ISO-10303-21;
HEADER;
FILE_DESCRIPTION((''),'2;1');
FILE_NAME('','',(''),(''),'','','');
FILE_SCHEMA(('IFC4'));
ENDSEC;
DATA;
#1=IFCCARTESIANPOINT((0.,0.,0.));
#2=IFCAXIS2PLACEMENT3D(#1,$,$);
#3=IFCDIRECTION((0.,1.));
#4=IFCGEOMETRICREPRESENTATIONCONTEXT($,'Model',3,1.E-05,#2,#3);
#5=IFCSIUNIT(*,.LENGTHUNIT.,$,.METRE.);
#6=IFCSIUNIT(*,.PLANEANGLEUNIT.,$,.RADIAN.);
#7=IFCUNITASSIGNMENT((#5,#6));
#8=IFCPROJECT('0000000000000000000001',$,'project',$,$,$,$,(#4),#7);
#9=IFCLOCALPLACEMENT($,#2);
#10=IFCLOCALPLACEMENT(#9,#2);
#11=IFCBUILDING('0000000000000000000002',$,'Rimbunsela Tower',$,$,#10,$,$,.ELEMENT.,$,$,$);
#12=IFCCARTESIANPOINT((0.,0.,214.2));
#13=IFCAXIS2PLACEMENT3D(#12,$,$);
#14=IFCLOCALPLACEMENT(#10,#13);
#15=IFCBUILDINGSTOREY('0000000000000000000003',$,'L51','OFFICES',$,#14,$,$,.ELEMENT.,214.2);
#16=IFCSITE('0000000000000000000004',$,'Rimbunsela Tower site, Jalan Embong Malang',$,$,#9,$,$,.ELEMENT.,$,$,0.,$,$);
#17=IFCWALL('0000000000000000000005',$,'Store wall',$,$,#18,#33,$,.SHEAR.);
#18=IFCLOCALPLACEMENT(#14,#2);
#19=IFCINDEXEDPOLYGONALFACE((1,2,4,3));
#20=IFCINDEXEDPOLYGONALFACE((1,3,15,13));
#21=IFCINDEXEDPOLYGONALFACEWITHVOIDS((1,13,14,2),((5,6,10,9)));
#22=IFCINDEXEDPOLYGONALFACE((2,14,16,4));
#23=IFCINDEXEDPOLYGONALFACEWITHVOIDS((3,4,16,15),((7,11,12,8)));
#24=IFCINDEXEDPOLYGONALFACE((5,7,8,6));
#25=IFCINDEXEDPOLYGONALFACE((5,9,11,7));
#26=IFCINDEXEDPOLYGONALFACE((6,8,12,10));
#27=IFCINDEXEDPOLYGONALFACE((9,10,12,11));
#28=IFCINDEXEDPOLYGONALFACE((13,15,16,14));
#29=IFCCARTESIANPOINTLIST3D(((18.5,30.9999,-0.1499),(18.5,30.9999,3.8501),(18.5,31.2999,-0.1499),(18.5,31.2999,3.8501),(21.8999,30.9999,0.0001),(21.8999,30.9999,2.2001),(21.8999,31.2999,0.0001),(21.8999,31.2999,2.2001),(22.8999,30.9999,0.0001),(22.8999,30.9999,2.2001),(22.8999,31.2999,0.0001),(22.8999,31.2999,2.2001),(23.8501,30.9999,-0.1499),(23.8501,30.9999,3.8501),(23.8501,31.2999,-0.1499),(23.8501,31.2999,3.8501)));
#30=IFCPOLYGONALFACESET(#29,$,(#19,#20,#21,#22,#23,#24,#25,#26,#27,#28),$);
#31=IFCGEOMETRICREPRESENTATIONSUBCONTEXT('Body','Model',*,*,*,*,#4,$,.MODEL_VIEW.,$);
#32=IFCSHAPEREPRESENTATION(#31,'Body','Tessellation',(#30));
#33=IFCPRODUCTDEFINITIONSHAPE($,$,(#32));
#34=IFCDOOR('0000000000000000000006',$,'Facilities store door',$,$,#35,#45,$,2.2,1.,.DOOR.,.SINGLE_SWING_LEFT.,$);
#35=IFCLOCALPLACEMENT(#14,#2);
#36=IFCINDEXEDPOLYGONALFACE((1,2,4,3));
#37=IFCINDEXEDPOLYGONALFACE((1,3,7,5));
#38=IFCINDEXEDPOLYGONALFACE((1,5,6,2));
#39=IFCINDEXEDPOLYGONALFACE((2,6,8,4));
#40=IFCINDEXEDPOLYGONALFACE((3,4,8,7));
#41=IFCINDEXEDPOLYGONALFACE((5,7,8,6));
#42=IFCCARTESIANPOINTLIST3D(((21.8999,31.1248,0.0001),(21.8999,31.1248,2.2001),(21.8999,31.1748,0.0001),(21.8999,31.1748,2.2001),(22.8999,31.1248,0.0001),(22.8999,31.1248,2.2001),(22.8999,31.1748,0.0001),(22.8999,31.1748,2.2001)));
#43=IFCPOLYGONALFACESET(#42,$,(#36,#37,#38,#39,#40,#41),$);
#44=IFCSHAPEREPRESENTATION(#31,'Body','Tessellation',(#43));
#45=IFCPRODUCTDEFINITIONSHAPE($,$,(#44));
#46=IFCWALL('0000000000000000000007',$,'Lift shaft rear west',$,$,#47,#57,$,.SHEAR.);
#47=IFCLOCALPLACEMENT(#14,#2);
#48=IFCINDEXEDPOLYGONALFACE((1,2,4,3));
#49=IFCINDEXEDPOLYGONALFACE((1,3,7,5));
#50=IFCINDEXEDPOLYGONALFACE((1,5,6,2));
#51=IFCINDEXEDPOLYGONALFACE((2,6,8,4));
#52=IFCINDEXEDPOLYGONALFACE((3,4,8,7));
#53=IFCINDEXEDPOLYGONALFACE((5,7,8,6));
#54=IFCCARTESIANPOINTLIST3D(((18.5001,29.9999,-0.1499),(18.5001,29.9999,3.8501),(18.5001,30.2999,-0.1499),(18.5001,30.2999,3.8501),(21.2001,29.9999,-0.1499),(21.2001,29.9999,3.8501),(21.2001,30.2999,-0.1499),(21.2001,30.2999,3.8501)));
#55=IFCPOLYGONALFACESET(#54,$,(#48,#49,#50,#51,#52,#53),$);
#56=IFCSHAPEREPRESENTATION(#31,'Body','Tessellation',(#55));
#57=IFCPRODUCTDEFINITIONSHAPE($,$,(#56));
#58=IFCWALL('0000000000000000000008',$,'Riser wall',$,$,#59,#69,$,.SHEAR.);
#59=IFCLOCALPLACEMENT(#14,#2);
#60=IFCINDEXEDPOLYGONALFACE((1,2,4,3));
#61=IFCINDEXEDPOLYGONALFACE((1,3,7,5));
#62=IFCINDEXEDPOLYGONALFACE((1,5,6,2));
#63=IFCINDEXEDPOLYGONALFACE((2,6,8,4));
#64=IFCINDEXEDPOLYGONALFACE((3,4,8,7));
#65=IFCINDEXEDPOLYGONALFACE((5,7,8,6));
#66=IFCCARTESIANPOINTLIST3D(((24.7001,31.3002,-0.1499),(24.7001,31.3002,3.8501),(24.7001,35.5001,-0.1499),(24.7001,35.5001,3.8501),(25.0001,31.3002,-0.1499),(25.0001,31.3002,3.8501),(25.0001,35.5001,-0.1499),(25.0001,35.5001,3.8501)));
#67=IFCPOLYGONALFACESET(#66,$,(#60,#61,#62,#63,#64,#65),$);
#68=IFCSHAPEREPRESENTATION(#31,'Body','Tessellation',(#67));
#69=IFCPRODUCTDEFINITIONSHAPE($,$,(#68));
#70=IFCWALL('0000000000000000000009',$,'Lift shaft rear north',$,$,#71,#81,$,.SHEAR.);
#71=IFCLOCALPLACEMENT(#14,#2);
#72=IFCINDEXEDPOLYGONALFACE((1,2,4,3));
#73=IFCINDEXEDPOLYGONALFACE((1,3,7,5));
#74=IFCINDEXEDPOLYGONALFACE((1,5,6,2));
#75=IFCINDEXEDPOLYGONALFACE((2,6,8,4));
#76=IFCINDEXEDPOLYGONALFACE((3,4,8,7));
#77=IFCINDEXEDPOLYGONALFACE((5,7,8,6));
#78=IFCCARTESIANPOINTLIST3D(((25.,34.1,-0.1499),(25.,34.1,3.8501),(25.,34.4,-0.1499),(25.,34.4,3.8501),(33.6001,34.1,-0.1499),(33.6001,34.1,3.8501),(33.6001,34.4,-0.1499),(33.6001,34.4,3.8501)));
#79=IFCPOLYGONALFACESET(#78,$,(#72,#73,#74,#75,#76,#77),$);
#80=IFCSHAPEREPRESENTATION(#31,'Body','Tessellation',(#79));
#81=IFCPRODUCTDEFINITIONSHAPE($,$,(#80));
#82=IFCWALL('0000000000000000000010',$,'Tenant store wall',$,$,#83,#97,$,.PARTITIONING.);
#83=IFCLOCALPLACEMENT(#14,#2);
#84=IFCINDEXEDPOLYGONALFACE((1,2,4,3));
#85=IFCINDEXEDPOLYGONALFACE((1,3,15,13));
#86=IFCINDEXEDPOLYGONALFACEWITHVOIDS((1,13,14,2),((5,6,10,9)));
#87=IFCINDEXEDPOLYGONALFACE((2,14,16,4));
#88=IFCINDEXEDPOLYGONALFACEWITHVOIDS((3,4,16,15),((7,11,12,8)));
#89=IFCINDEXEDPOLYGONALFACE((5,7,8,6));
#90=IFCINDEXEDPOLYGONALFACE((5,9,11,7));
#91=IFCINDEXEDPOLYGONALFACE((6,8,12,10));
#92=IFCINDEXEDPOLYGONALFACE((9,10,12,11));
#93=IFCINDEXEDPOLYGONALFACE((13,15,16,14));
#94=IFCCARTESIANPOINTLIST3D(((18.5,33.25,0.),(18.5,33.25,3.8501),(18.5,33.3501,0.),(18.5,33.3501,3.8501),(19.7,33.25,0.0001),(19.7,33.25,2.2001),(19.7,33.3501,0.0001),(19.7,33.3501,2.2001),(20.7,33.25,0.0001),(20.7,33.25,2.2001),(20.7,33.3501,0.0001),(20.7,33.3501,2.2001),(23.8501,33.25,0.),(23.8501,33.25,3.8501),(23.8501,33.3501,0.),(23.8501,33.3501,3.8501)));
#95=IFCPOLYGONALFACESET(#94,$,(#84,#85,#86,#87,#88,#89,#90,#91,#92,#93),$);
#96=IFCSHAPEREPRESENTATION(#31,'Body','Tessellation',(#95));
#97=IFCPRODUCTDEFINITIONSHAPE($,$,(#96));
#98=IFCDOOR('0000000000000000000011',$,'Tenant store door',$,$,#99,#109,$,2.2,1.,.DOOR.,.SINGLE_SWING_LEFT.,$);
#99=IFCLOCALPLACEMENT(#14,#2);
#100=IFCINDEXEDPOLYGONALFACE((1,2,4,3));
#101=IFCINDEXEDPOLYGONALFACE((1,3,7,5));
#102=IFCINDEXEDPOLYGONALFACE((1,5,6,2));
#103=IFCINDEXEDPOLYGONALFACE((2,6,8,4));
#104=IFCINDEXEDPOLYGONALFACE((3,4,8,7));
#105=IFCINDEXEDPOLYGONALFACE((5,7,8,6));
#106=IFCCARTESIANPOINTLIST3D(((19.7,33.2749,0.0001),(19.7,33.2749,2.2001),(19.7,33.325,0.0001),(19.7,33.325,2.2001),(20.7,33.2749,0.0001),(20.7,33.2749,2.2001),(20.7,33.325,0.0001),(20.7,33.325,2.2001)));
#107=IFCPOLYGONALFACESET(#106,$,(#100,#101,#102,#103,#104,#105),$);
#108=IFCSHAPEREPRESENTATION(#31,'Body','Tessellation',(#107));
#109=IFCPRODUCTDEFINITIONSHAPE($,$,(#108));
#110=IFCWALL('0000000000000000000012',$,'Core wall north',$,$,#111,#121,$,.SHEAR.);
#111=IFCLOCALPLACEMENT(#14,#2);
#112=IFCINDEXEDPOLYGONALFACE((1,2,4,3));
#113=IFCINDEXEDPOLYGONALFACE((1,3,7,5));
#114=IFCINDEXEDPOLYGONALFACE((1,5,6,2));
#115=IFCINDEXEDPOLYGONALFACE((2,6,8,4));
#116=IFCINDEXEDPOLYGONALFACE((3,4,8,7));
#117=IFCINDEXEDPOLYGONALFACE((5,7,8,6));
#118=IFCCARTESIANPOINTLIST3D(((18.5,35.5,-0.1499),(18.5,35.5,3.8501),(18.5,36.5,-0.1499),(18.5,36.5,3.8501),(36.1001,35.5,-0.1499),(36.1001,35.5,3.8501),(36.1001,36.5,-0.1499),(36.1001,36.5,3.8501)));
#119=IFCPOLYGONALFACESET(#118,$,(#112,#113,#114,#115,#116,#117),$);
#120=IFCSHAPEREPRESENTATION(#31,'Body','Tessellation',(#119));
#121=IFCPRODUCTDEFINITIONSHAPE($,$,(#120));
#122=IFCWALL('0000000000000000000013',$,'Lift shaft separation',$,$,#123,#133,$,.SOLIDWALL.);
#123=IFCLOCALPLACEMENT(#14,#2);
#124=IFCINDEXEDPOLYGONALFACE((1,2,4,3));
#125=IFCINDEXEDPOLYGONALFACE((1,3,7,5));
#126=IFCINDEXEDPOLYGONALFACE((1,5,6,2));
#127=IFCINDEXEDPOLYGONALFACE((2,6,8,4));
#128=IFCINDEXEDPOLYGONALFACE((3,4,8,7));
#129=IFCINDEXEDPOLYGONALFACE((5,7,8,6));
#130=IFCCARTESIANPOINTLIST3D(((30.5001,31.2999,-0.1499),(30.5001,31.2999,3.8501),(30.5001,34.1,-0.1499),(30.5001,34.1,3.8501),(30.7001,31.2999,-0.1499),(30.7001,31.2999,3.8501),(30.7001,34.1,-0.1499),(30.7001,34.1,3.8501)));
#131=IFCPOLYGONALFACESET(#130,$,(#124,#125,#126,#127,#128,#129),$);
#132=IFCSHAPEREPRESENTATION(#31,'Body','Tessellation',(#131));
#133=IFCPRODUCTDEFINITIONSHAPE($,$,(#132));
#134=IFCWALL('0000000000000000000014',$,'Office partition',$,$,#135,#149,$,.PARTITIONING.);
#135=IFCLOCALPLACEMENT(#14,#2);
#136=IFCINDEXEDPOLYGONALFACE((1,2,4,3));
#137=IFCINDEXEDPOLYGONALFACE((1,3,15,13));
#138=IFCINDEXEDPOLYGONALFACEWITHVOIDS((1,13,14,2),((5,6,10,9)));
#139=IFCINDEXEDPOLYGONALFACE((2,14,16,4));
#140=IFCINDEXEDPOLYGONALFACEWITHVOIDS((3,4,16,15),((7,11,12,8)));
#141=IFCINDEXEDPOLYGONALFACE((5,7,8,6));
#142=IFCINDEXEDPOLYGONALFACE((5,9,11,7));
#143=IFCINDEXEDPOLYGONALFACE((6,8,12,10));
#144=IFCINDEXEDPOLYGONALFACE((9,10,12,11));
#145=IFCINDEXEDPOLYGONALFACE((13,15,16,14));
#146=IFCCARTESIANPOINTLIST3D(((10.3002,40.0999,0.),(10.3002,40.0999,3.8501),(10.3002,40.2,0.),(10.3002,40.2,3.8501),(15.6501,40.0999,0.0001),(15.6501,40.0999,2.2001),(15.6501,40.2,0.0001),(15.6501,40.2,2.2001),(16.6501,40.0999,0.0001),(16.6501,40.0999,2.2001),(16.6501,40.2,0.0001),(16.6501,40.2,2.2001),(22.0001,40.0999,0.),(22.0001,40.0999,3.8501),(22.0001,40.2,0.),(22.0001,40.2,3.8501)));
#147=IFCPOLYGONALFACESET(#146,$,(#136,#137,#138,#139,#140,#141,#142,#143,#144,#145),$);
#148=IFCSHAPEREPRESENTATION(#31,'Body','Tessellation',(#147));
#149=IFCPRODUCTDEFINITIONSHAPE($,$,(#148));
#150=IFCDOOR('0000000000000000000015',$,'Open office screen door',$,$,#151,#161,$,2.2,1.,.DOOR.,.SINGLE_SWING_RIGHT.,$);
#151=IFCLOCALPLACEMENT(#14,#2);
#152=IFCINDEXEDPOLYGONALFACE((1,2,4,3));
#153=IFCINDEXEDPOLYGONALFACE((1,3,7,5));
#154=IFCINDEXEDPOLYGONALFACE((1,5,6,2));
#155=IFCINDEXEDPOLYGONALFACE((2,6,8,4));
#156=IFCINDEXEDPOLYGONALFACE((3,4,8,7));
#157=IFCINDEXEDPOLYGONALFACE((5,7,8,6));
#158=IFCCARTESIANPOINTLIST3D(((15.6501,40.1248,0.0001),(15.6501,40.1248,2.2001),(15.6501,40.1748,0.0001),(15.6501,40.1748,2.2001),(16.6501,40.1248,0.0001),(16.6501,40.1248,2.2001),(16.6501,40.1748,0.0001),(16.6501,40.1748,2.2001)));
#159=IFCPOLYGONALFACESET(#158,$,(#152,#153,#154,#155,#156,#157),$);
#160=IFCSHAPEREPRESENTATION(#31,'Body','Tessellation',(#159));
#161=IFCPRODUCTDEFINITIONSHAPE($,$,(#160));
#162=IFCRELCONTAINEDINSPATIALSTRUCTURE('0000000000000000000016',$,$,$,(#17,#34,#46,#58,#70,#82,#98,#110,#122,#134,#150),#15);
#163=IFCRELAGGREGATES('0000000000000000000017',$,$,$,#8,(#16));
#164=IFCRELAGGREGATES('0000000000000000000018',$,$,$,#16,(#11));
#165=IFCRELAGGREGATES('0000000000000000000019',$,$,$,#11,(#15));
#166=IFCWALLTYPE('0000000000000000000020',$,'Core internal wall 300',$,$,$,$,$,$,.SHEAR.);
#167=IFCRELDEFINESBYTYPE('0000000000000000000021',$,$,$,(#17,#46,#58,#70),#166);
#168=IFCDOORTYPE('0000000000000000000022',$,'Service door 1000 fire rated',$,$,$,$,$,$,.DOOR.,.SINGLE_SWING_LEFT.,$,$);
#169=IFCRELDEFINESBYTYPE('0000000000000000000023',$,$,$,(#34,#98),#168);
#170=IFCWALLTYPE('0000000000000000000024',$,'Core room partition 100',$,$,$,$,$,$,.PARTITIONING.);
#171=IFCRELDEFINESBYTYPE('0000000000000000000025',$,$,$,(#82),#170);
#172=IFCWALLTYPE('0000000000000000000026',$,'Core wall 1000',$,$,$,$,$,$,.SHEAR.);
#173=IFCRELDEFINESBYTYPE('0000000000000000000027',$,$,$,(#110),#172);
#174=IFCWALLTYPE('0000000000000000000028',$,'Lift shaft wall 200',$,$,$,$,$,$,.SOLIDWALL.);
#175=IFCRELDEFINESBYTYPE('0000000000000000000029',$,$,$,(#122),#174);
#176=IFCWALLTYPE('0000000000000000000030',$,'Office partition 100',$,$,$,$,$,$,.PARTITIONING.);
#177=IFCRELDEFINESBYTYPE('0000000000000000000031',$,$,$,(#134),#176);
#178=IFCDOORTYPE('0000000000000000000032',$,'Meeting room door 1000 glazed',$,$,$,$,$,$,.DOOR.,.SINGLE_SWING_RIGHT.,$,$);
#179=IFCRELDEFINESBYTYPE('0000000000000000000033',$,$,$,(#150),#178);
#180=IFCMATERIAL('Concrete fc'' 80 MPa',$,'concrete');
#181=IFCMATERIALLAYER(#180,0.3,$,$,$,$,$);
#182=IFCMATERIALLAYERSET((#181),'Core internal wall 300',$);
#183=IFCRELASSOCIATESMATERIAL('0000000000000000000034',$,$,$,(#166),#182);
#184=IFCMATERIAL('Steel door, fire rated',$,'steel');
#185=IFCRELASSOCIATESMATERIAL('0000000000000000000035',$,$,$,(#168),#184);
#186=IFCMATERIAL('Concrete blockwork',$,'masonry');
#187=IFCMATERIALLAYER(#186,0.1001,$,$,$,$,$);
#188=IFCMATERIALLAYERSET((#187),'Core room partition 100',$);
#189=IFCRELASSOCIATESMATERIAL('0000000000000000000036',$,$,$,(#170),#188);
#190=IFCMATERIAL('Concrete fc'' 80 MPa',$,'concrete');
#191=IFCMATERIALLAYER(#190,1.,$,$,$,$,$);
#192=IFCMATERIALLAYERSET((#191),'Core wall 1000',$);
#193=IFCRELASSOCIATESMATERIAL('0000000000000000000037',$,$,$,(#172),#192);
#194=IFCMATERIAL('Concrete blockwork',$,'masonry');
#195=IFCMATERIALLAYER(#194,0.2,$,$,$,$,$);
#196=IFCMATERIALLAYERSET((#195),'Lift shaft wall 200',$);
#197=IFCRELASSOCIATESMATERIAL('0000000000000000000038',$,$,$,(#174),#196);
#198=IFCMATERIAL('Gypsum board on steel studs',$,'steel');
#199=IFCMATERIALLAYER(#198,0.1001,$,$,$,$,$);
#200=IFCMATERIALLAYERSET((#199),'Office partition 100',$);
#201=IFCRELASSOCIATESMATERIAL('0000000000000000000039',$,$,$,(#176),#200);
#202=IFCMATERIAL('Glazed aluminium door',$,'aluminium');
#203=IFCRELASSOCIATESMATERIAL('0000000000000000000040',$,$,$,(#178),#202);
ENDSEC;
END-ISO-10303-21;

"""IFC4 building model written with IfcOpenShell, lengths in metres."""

from ifc_helpers import new_model, si_unit, direction, frame, frame_2d, origin, place, context, subcontext, project, spatial, rectangle, extrude, material, layer, layer_set, type_object, element, fill, save


model = new_model("IFC4")

# Units and contexts
model_context = context("Model", 3, precision=1e-05, world=origin(), true_north=direction((0.0, 1.0)))
body_context = subcontext(model_context, "Body", "Model", "MODEL_VIEW")
ifc_project = project(units=[si_unit("LENGTHUNIT", "METRE"), si_unit("PLANEANGLEUNIT", "RADIAN")], contexts=[model_context])

# Site, building, storey
site_placement = place(None, origin())
site = spatial("IfcSite", under=ifc_project, at=site_placement, Name="Rimbunsela Tower site, Jalan Embong Malang", CompositionType="ELEMENT", RefElevation=0.0)
building_placement = place(site_placement, origin())
building = spatial("IfcBuilding", under=site, at=building_placement, Name="Rimbunsela Tower", CompositionType="ELEMENT")
storey_placement = place(building_placement, frame((0.0, 0.0, 214.2)))
storey = spatial("IfcBuildingStorey", under=building, at=storey_placement, Name="L51", Description="OFFICES", CompositionType="ELEMENT", Elevation=214.2)

# Shared definitions
ifc_material_1 = material(Name="Concrete fc' 80 MPa", Category="concrete")
ifc_layer_1 = layer(ifc_material_1, 0.3)
ifc_layer_set_1 = layer_set([ifc_layer_1], Name="Core internal wall 300")
wall_type_1 = type_object("IfcWallType", Name="Core internal wall 300", PredefinedType="SHEAR", material=ifc_layer_set_1)
ifc_material_2 = material(Name="Steel door, fire rated", Category="steel")
door_type_1 = type_object("IfcDoorType", Name="Service door 1000 fire rated", OperationType="SINGLE_SWING_LEFT", PredefinedType="DOOR", material=ifc_material_2)

# Wall, opening, door
wall_1_placement = place(storey_placement, frame((18.5, 31.1499, -0.1499), z_axis=(0.0, 0.0, 1.0), x_axis=(1.0, 0.0, 0.0)))
wall_1 = element("IfcWall", 1, at=wall_1_placement, inside=storey, type_object=wall_type_1, Name="Store wall", PredefinedType="SHEAR", context=body_context, shape_type="SweptSolid", body=[
    extrude(rectangle(XDim=5.3501, YDim=0.3, at=frame_2d((2.675, 0.0))), origin(), (0.0, 0.0, 1.0), 4.0),
])
opening_1_placement = place(wall_1_placement, frame((3.3999, 0.0, 0.1499)))
opening_1 = element("IfcOpeningElement", 2, at=opening_1_placement, cuts=wall_1, PredefinedType="OPENING", context=body_context, shape_type="SweptSolid", body=[
    extrude(rectangle(XDim=1.0, YDim=2.2, at=frame_2d((0.5, 1.1001))), frame((0.0, 0.1599, 0.0), z_axis=(0.0, -1.0, 0.0), x_axis=(1.0, 0.0, 0.0)), (0.0, 0.0, 1.0), 0.3201),
])
door_1_placement = place(opening_1_placement, origin())
door_1 = element("IfcDoor", 3, at=door_1_placement, inside=storey, type_object=door_type_1, Name="Facilities store door", OperationType="SINGLE_SWING_LEFT", OverallHeight=2.2, OverallWidth=1.0, PredefinedType="DOOR", context=body_context, shape_type="SweptSolid", body=[
    extrude(rectangle(XDim=1.0, YDim=2.2, at=frame_2d((0.5, 1.1001))), frame((0.0, 0.0249, 0.0), z_axis=(0.0, -1.0, 0.0), x_axis=(1.0, 0.0, 0.0)), (0.0, 0.0, 1.0), 0.05),
])
fill(opening_1, door_1)

# Walls
wall_2_placement = place(storey_placement, frame((18.5, 30.1499, -0.1499), z_axis=(0.0, 0.0, 1.0), x_axis=(1.0, 0.0, 0.0)))
element("IfcWall", 4, at=wall_2_placement, inside=storey, type_object=wall_type_1, Name="Lift shaft rear west", PredefinedType="SHEAR", context=body_context, shape_type="SweptSolid", body=[
    extrude(rectangle(XDim=2.7, YDim=0.3, at=frame_2d((1.3501, 0.0))), origin(), (0.0, 0.0, 1.0), 4.0),
])
wall_3_placement = place(storey_placement, frame((24.8501, 31.3, -0.1499), z_axis=(0.0, 0.0, 1.0), x_axis=(0.0, 1.0, 0.0)))
element("IfcWall", 5, at=wall_3_placement, inside=storey, type_object=wall_type_1, Name="Riser wall", PredefinedType="SHEAR", context=body_context, shape_type="SweptSolid", body=[
    extrude(rectangle(XDim=4.2, YDim=0.3, at=frame_2d((2.1001, 0.0))), origin(), (0.0, 0.0, 1.0), 4.0),
])
wall_4_placement = place(storey_placement, frame((25.0, 34.25, -0.1499), z_axis=(0.0, 0.0, 1.0), x_axis=(1.0, 0.0, 0.0)))
element("IfcWall", 6, at=wall_4_placement, inside=storey, type_object=wall_type_1, Name="Lift shaft rear north", PredefinedType="SHEAR", context=body_context, shape_type="SweptSolid", body=[
    extrude(rectangle(XDim=8.6001, YDim=0.3, at=frame_2d((4.3, 0.0))), origin(), (0.0, 0.0, 1.0), 4.0),
])

# Wall, opening, door
ifc_material_3 = material(Name="Concrete blockwork", Category="masonry")
ifc_layer_2 = layer(ifc_material_3, 0.1001)
ifc_layer_set_2 = layer_set([ifc_layer_2], Name="Core room partition 100")
wall_type_2 = type_object("IfcWallType", Name="Core room partition 100", PredefinedType="PARTITIONING", material=ifc_layer_set_2)
wall_5_placement = place(storey_placement, frame((18.5, 33.3, 0.0), z_axis=(0.0, 0.0, 1.0), x_axis=(1.0, 0.0, 0.0)))
wall_5 = element("IfcWall", 7, at=wall_5_placement, inside=storey, type_object=wall_type_2, Name="Tenant store wall", PredefinedType="PARTITIONING", context=body_context, shape_type="SweptSolid", body=[
    extrude(rectangle(XDim=5.3501, YDim=0.1001, at=frame_2d((2.675, 0.0))), origin(), (0.0, 0.0, 1.0), 3.8501),
])
opening_2_placement = place(wall_5_placement, frame((1.2, 0.0, 0.0)))
opening_2 = element("IfcOpeningElement", 8, at=opening_2_placement, cuts=wall_5, PredefinedType="OPENING", context=body_context, shape_type="SweptSolid", body=[
    extrude(rectangle(XDim=1.0, YDim=2.2, at=frame_2d((0.5, 1.1001))), frame((0.0, 0.0601, 0.0), z_axis=(0.0, -1.0, 0.0), x_axis=(1.0, 0.0, 0.0)), (0.0, 0.0, 1.0), 0.1201),
])
door_2_placement = place(opening_2_placement, origin())
door_2 = element("IfcDoor", 9, at=door_2_placement, inside=storey, type_object=door_type_1, Name="Tenant store door", OperationType="SINGLE_SWING_LEFT", OverallHeight=2.2, OverallWidth=1.0, PredefinedType="DOOR", context=body_context, shape_type="SweptSolid", body=[
    extrude(rectangle(XDim=1.0, YDim=2.2, at=frame_2d((0.5, 1.1001))), frame((0.0, 0.0249, 0.0), z_axis=(0.0, -1.0, 0.0), x_axis=(1.0, 0.0, 0.0)), (0.0, 0.0, 1.0), 0.05),
])
fill(opening_2, door_2)

# Walls
ifc_material_4 = material(Name="Concrete fc' 80 MPa", Category="concrete")
ifc_layer_3 = layer(ifc_material_4, 1.0)
ifc_layer_set_3 = layer_set([ifc_layer_3], Name="Core wall 1000")
wall_type_3 = type_object("IfcWallType", Name="Core wall 1000", PredefinedType="SHEAR", material=ifc_layer_set_3)
wall_6_placement = place(storey_placement, frame((18.5, 36.0, -0.1499), z_axis=(0.0, 0.0, 1.0), x_axis=(1.0, 0.0, 0.0)))
element("IfcWall", 10, at=wall_6_placement, inside=storey, type_object=wall_type_3, Name="Core wall north", PredefinedType="SHEAR", context=body_context, shape_type="SweptSolid", body=[
    extrude(rectangle(XDim=17.6001, YDim=1.0, at=frame_2d((8.8, 0.0))), origin(), (0.0, 0.0, 1.0), 4.0),
])
ifc_material_5 = material(Name="Concrete blockwork", Category="masonry")
ifc_layer_4 = layer(ifc_material_5, 0.2)
ifc_layer_set_4 = layer_set([ifc_layer_4], Name="Lift shaft wall 200")
wall_type_4 = type_object("IfcWallType", Name="Lift shaft wall 200", PredefinedType="SOLIDWALL", material=ifc_layer_set_4)
wall_7_placement = place(storey_placement, frame((30.6001, 31.3, -0.1499), z_axis=(0.0, 0.0, 1.0), x_axis=(0.0, 1.0, 0.0)))
element("IfcWall", 11, at=wall_7_placement, inside=storey, type_object=wall_type_4, Name="Lift shaft separation", PredefinedType="SOLIDWALL", context=body_context, shape_type="SweptSolid", body=[
    extrude(rectangle(XDim=2.8, YDim=0.2, at=frame_2d((1.3999, 0.0))), origin(), (0.0, 0.0, 1.0), 4.0),
])

# Wall, opening, door
ifc_material_6 = material(Name="Gypsum board on steel studs", Category="steel")
ifc_layer_5 = layer(ifc_material_6, 0.1001)
ifc_layer_set_5 = layer_set([ifc_layer_5], Name="Office partition 100")
wall_type_5 = type_object("IfcWallType", Name="Office partition 100", PredefinedType="PARTITIONING", material=ifc_layer_set_5)
wall_8_placement = place(storey_placement, frame((10.3, 40.1499, 0.0), z_axis=(0.0, 0.0, 1.0), x_axis=(1.0, 0.0, 0.0)))
wall_8 = element("IfcWall", 12, at=wall_8_placement, inside=storey, type_object=wall_type_5, Name="Office partition", PredefinedType="PARTITIONING", context=body_context, shape_type="SweptSolid", body=[
    extrude(rectangle(XDim=11.7, YDim=0.1001, at=frame_2d((5.8501, 0.0))), origin(), (0.0, 0.0, 1.0), 3.8501),
])
opening_3_placement = place(wall_8_placement, frame((5.3501, 0.0, 0.0)))
opening_3 = element("IfcOpeningElement", 13, at=opening_3_placement, cuts=wall_8, PredefinedType="OPENING", context=body_context, shape_type="SweptSolid", body=[
    extrude(rectangle(XDim=1.0, YDim=2.2, at=frame_2d((0.5, 1.1001))), frame((0.0, 0.0601, 0.0), z_axis=(0.0, -1.0, 0.0), x_axis=(1.0, 0.0, 0.0)), (0.0, 0.0, 1.0), 0.1201),
])
ifc_material_7 = material(Name="Glazed aluminium door", Category="aluminium")
door_type_2 = type_object("IfcDoorType", Name="Meeting room door 1000 glazed", OperationType="SINGLE_SWING_RIGHT", PredefinedType="DOOR", material=ifc_material_7)
door_3_placement = place(opening_3_placement, origin())
door_3 = element("IfcDoor", 14, at=door_3_placement, inside=storey, type_object=door_type_2, Name="Open office screen door", OperationType="SINGLE_SWING_RIGHT", OverallHeight=2.2, OverallWidth=1.0, PredefinedType="DOOR", context=body_context, shape_type="SweptSolid", body=[
    extrude(rectangle(XDim=1.0, YDim=2.2, at=frame_2d((0.5, 1.1001))), frame((0.0, 0.0249, 0.0), z_axis=(0.0, -1.0, 0.0), x_axis=(1.0, 0.0, 0.0)), (0.0, 0.0, 1.0), 0.05),
])
fill(opening_3, door_3)

save(model, "model.ifc")
